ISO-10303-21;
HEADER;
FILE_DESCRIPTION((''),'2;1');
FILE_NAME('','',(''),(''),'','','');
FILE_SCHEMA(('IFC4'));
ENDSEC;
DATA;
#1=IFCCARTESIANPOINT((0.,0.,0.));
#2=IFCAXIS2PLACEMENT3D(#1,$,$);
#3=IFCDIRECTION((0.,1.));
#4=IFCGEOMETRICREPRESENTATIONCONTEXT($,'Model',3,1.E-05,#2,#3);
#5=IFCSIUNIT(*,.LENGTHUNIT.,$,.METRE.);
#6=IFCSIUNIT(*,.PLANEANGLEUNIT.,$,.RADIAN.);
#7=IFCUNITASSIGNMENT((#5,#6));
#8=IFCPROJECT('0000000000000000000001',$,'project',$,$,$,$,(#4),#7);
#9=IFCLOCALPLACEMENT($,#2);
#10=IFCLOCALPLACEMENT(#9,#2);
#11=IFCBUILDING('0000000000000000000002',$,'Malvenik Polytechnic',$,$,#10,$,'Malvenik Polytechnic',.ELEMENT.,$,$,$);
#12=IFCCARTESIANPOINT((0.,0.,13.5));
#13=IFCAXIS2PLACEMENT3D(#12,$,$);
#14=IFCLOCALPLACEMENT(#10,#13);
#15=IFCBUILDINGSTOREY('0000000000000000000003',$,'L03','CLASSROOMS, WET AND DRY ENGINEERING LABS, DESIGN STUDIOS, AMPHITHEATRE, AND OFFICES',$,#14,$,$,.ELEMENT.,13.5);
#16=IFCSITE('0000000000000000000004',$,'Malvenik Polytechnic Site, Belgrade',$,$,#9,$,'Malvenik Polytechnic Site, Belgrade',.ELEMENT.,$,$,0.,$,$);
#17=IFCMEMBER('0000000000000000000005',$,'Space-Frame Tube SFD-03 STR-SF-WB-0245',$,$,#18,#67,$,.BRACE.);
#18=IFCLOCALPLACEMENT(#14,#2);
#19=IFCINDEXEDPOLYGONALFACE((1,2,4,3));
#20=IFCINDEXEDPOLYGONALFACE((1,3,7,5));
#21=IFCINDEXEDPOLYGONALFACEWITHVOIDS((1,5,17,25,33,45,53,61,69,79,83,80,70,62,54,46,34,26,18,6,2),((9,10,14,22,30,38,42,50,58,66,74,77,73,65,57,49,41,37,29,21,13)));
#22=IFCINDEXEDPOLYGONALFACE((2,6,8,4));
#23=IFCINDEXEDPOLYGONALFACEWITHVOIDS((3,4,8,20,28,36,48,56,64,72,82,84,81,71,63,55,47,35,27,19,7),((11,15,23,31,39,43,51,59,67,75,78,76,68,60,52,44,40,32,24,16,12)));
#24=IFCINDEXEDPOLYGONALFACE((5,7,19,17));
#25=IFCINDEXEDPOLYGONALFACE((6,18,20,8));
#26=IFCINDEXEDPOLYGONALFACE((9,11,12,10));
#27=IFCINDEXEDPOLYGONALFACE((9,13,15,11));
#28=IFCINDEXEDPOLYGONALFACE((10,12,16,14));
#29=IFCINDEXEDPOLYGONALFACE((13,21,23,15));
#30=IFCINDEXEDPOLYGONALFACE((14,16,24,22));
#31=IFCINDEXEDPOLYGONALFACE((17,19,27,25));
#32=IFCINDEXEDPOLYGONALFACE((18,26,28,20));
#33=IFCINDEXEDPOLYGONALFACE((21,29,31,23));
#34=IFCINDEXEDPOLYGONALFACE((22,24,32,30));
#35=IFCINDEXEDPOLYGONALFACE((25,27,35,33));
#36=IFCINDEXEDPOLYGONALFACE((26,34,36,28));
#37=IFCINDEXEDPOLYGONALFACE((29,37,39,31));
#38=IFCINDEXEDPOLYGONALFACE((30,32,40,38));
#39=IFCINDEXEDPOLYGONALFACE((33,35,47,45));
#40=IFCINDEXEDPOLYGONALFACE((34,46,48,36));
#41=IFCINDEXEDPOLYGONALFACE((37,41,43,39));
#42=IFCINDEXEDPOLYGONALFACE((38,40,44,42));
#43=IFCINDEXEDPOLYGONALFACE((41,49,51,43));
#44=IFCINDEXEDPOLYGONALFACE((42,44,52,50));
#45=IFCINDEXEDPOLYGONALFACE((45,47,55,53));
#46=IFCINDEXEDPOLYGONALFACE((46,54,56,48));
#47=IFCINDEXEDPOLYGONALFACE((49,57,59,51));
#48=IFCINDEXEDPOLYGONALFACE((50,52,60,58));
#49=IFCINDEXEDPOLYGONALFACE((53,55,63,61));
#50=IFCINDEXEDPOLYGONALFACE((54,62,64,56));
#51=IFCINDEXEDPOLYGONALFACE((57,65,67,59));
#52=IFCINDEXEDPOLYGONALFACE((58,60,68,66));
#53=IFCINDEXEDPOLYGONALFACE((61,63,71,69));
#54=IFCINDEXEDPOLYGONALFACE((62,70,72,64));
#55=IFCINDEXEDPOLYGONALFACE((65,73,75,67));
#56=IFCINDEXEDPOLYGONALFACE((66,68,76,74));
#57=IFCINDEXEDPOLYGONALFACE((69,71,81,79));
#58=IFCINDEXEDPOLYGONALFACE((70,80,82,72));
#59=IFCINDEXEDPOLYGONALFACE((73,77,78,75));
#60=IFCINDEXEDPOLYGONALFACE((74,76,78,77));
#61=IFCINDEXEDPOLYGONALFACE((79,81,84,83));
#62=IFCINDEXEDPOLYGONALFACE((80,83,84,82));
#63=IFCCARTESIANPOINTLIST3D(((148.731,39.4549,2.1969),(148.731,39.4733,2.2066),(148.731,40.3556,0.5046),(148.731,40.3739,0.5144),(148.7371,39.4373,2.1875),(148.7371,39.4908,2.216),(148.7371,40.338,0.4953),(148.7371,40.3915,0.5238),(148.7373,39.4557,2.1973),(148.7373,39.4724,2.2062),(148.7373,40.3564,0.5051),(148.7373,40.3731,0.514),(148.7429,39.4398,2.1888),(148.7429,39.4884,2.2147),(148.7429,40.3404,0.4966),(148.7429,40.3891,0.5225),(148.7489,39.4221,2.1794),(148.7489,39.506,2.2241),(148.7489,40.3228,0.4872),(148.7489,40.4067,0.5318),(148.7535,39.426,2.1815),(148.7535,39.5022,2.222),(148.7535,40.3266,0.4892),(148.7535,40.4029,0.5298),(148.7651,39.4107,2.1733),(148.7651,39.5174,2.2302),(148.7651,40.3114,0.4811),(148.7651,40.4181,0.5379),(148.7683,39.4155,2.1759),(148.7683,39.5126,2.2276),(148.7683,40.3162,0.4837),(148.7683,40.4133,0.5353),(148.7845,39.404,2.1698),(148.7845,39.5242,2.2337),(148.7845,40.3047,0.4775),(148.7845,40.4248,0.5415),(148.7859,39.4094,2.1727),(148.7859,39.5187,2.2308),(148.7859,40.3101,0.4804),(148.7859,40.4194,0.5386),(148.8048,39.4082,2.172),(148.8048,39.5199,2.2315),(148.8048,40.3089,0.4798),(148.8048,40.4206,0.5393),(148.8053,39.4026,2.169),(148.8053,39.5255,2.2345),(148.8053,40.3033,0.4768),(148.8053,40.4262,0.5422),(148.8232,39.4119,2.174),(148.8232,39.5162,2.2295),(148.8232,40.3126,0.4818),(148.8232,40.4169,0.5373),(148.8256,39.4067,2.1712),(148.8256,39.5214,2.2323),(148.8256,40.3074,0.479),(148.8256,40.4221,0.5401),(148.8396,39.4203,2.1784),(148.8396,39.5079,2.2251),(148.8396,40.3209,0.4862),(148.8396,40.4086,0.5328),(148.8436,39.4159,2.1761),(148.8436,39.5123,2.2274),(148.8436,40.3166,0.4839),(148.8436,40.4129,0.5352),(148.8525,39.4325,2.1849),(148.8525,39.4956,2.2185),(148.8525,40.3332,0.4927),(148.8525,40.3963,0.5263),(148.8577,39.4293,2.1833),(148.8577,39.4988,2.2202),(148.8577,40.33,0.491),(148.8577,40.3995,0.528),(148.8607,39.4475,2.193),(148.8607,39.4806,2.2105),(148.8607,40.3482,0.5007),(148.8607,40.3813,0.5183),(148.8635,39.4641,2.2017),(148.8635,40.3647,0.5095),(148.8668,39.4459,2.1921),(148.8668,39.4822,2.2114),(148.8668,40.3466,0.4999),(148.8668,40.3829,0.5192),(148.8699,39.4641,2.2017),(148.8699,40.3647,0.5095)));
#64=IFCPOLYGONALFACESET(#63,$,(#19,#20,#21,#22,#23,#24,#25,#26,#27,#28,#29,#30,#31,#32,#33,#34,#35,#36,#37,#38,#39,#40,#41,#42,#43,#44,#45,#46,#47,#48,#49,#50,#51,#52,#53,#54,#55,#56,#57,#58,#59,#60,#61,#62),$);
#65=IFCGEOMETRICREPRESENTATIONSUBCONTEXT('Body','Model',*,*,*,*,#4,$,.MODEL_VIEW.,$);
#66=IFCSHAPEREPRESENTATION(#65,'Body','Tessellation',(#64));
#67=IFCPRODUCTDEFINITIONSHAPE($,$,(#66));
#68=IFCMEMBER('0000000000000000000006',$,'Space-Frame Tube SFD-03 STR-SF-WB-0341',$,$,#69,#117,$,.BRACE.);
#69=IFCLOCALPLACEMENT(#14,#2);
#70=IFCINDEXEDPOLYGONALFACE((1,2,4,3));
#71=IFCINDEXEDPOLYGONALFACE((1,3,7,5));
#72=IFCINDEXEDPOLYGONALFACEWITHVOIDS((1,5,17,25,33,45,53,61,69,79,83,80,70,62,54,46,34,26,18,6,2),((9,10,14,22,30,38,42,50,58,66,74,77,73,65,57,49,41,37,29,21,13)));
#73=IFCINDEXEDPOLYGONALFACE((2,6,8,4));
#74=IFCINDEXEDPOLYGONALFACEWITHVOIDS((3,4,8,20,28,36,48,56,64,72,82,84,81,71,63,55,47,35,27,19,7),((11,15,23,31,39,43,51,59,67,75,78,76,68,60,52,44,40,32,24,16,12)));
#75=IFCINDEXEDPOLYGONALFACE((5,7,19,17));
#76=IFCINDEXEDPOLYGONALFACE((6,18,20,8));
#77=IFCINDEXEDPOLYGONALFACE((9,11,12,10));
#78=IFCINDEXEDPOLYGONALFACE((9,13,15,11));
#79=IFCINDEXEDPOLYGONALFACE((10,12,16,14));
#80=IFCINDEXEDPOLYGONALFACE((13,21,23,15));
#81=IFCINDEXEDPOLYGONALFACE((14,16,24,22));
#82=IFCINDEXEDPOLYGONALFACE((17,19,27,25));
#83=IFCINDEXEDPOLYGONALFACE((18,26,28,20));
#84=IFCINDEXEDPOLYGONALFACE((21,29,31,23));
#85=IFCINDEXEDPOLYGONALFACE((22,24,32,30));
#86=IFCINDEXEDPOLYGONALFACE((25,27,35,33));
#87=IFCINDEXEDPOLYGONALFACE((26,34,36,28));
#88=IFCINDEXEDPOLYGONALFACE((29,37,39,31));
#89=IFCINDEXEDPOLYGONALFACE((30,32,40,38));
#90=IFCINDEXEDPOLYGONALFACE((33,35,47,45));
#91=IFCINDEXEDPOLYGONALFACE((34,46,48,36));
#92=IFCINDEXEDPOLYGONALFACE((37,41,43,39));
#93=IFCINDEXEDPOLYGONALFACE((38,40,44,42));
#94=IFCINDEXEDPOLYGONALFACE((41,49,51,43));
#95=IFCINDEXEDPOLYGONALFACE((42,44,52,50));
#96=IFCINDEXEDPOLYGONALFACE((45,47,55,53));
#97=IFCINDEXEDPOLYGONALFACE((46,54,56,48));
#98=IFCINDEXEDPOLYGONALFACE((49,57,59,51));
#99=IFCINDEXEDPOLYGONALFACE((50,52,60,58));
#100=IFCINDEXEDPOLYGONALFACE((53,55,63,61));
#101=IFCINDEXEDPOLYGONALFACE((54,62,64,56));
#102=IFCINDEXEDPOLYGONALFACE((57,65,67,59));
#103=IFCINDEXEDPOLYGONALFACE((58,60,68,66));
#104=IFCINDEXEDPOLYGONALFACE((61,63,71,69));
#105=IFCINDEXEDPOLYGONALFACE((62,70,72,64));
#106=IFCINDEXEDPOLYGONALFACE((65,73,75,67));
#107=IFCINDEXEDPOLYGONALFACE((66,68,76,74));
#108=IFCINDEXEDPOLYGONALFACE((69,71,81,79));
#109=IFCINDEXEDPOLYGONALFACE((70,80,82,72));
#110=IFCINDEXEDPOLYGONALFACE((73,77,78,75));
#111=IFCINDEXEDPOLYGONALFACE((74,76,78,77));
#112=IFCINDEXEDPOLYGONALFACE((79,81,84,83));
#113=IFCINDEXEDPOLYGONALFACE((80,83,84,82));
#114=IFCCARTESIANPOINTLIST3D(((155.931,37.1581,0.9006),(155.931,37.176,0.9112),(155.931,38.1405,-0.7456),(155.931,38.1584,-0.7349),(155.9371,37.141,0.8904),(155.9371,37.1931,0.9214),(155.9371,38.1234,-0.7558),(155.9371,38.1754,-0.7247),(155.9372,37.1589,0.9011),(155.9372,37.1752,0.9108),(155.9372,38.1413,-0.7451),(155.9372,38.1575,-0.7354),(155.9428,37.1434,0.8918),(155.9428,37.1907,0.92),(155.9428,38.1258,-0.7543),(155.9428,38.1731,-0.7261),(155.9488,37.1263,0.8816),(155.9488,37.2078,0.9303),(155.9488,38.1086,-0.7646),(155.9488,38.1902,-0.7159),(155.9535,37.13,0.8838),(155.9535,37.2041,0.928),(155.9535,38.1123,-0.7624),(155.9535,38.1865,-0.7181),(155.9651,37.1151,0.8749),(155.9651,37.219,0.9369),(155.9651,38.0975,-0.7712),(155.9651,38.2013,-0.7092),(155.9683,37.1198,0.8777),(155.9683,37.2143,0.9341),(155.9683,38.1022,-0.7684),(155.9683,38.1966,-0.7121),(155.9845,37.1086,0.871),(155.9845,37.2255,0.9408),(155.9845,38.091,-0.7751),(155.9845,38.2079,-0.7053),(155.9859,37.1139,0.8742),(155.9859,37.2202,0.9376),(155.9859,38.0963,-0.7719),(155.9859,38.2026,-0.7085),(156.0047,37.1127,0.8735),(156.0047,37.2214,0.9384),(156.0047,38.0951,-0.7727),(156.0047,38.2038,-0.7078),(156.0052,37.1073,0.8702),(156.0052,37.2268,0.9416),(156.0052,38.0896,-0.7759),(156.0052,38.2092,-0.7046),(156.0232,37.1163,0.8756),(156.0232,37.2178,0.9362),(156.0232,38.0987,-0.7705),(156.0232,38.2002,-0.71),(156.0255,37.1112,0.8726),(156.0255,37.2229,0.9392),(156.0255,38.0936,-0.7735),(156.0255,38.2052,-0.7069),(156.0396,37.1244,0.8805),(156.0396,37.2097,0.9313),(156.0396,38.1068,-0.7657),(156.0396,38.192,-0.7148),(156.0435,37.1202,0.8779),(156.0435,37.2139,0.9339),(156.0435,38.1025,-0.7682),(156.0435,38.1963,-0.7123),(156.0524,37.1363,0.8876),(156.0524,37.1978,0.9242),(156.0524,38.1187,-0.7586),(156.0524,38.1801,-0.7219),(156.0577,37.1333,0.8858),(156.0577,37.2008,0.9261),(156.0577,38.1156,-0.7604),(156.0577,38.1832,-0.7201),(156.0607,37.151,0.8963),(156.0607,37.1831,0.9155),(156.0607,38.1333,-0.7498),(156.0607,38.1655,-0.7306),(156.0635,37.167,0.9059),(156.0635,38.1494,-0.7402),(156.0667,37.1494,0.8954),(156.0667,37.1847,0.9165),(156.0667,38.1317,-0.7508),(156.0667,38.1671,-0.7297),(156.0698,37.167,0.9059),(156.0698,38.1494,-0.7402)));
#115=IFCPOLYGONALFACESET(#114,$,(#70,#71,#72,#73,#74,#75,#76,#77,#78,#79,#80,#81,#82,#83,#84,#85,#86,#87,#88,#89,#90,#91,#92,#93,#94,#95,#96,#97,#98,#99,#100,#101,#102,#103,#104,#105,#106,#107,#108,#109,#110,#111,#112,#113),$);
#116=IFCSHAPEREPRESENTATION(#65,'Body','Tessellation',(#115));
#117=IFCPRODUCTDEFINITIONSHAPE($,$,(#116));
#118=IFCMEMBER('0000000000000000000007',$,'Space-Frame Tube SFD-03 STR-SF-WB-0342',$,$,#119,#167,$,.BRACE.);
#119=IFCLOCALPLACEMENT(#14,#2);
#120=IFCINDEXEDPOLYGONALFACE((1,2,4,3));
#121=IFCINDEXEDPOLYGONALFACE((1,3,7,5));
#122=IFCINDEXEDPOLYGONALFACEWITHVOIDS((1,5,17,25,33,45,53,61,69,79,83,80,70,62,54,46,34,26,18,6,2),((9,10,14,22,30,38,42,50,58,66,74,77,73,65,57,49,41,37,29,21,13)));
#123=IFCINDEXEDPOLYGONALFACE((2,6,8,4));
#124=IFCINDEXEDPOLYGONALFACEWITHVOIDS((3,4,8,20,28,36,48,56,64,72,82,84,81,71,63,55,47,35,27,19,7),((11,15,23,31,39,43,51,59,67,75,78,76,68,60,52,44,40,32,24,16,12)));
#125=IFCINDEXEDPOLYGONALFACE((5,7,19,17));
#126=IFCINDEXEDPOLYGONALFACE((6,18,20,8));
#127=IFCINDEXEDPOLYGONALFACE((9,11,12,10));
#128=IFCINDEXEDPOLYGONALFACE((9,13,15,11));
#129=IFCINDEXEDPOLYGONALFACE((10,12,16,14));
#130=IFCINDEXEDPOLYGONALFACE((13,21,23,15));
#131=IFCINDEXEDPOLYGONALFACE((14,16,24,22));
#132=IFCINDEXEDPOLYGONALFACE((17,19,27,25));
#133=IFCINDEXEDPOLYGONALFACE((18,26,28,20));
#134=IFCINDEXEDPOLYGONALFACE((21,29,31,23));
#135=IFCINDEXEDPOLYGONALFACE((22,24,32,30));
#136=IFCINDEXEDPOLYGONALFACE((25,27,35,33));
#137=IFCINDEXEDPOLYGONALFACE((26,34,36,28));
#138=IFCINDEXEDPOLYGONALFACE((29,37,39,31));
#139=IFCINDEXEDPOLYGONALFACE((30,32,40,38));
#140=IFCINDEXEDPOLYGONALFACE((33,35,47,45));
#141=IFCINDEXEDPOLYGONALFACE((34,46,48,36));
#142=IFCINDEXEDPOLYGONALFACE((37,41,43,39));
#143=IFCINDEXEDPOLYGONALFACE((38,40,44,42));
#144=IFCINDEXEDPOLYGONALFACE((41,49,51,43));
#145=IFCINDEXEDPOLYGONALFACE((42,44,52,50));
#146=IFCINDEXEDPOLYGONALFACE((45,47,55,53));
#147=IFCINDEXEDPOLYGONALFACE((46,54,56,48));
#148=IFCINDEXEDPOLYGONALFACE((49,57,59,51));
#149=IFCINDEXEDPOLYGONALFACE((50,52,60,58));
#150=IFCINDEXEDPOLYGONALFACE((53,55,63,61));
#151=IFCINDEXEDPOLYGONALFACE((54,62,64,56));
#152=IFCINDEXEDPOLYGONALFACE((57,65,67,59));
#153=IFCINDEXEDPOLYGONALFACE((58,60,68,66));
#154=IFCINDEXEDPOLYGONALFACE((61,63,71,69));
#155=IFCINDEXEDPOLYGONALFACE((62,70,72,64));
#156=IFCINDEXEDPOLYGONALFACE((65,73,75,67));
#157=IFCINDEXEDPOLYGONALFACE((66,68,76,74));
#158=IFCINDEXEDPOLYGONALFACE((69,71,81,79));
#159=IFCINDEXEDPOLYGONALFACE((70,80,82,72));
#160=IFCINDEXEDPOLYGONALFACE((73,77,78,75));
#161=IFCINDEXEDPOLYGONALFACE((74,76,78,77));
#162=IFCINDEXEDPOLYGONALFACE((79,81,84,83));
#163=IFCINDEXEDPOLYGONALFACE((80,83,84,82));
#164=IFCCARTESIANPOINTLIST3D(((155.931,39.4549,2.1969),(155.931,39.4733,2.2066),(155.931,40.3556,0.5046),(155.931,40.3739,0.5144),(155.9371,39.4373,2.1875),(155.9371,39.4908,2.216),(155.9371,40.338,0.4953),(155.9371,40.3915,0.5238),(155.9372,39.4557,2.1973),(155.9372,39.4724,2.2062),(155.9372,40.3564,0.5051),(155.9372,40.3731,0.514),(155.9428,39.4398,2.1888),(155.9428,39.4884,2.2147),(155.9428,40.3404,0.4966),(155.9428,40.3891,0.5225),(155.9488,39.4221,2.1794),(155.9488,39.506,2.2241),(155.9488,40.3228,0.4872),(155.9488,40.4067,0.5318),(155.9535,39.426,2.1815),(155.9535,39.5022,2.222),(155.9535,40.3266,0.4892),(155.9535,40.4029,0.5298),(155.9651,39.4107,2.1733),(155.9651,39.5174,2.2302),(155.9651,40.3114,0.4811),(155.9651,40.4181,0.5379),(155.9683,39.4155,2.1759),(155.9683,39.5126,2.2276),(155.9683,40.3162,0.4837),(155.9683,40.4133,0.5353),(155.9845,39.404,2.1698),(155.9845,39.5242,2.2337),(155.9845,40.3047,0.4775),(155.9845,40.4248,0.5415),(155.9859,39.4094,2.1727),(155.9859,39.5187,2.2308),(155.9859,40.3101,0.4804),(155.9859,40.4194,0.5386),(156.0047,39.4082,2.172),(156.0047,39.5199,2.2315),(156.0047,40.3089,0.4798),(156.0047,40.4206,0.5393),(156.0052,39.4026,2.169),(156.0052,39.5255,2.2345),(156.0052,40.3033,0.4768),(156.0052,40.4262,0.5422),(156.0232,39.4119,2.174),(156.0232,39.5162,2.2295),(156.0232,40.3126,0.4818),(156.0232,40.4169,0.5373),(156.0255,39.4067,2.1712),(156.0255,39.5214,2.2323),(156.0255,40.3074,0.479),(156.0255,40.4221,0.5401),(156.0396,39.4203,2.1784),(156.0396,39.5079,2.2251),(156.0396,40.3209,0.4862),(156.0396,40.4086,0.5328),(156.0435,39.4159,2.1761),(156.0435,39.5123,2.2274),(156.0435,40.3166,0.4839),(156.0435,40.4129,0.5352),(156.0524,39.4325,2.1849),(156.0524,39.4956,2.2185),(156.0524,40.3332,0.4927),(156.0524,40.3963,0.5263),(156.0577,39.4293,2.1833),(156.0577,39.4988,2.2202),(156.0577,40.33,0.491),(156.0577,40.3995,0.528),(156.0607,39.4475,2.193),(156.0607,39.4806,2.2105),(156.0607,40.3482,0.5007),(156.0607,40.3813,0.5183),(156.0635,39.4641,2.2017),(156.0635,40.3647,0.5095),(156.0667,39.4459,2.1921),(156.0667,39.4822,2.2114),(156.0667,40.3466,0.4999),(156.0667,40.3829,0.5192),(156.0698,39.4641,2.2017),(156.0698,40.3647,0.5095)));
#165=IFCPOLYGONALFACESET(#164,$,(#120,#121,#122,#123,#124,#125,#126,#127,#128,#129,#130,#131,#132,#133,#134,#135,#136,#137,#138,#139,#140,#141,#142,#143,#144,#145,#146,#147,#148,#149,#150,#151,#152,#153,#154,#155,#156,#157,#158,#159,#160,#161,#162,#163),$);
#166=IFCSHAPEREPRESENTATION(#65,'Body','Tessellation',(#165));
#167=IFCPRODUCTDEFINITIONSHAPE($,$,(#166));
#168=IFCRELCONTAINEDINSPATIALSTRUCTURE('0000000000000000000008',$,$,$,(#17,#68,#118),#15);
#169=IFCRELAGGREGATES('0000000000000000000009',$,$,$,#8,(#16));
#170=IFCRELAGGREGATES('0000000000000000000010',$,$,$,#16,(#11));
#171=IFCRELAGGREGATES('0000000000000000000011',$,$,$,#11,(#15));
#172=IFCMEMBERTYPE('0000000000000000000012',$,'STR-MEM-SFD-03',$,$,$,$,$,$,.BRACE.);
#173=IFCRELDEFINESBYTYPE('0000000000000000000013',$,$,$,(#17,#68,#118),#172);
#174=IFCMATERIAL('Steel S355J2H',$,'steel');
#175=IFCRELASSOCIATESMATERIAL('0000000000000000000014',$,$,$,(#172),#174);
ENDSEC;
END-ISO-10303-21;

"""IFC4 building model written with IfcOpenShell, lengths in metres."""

from ifc_helpers import new_model, si_unit, direction, frame, origin, origin_2d, place, context, subcontext, project, spatial, hollow_circle, extrude, material, material_profile, profile_set, type_object, element, save


model = new_model("IFC4")

# Units and contexts
model_context = context("Model", 3, precision=1e-05, world=origin(), true_north=direction((0.0, 1.0)))
body_context = subcontext(model_context, "Body", "Model", "MODEL_VIEW")
ifc_project = project(units=[si_unit("LENGTHUNIT", "METRE"), si_unit("PLANEANGLEUNIT", "RADIAN")], contexts=[model_context])

# Site, building, storey
site_placement = place(None, origin())
site = spatial("IfcSite", under=ifc_project, at=site_placement, Name="Malvenik Polytechnic Site, Belgrade", LongName="Malvenik Polytechnic Site, Belgrade", CompositionType="ELEMENT", RefElevation=0.0)
building_placement = place(site_placement, origin())
building = spatial("IfcBuilding", under=site, at=building_placement, Name="Malvenik Polytechnic", LongName="Malvenik Polytechnic", CompositionType="ELEMENT")
storey_placement = place(building_placement, frame((0.0, 0.0, 13.5)))
storey = spatial("IfcBuildingStorey", under=building, at=storey_placement, Name="L03", Description="CLASSROOMS, WET AND DRY ENGINEERING LABS, DESIGN STUDIOS, AMPHITHEATRE, AND OFFICES", CompositionType="ELEMENT", Elevation=13.5)

# Members
ifc_material_1 = material(Name="Steel S355J2H", Category="steel")
ifc_material_profile_1 = material_profile(ifc_material_1, hollow_circle(Radius=0.0698, WallThickness=0.0063, at=origin_2d()), Name="CHS 139.7x6.3")
ifc_profile_set_1 = profile_set([ifc_material_profile_1], Name="Steel S355J2H")
member_type_1 = type_object("IfcMemberType", Name="STR-MEM-SFD-03", PredefinedType="BRACE", material=ifc_profile_set_1)
for number, where, z_axis, x_axis, name in (
    (1, (148.8, 40.3647, 0.5095), (0.0, -0.469841, 0.882751), (1.0, 0.0, 0.0), "Space-Frame Tube SFD-03 STR-SF-WB-0245"),
    (2, (156.0, 38.1494, -0.7402), (0.0, -0.512453, 0.858715), (1.0, 0.0, 0.0), "Space-Frame Tube SFD-03 STR-SF-WB-0341"),
    (3, (156.0, 40.3647, 0.5095), (0.0, -0.469841, 0.882751), (1.0, 0.0, 0.0), "Space-Frame Tube SFD-03 STR-SF-WB-0342"),
):
    element("IfcMember", number, at=place(storey_placement, frame(where, z_axis=z_axis, x_axis=x_axis)), inside=storey, type_object=member_type_1, Name=name, PredefinedType="BRACE", context=body_context, shape_type="SweptSolid", body=[
        extrude(hollow_circle(Radius=0.0698, WallThickness=0.0063, at=origin_2d()), origin(), (0.0, 0.0, 1.0), 1.917),
    ])

save(model, "model.ifc")
